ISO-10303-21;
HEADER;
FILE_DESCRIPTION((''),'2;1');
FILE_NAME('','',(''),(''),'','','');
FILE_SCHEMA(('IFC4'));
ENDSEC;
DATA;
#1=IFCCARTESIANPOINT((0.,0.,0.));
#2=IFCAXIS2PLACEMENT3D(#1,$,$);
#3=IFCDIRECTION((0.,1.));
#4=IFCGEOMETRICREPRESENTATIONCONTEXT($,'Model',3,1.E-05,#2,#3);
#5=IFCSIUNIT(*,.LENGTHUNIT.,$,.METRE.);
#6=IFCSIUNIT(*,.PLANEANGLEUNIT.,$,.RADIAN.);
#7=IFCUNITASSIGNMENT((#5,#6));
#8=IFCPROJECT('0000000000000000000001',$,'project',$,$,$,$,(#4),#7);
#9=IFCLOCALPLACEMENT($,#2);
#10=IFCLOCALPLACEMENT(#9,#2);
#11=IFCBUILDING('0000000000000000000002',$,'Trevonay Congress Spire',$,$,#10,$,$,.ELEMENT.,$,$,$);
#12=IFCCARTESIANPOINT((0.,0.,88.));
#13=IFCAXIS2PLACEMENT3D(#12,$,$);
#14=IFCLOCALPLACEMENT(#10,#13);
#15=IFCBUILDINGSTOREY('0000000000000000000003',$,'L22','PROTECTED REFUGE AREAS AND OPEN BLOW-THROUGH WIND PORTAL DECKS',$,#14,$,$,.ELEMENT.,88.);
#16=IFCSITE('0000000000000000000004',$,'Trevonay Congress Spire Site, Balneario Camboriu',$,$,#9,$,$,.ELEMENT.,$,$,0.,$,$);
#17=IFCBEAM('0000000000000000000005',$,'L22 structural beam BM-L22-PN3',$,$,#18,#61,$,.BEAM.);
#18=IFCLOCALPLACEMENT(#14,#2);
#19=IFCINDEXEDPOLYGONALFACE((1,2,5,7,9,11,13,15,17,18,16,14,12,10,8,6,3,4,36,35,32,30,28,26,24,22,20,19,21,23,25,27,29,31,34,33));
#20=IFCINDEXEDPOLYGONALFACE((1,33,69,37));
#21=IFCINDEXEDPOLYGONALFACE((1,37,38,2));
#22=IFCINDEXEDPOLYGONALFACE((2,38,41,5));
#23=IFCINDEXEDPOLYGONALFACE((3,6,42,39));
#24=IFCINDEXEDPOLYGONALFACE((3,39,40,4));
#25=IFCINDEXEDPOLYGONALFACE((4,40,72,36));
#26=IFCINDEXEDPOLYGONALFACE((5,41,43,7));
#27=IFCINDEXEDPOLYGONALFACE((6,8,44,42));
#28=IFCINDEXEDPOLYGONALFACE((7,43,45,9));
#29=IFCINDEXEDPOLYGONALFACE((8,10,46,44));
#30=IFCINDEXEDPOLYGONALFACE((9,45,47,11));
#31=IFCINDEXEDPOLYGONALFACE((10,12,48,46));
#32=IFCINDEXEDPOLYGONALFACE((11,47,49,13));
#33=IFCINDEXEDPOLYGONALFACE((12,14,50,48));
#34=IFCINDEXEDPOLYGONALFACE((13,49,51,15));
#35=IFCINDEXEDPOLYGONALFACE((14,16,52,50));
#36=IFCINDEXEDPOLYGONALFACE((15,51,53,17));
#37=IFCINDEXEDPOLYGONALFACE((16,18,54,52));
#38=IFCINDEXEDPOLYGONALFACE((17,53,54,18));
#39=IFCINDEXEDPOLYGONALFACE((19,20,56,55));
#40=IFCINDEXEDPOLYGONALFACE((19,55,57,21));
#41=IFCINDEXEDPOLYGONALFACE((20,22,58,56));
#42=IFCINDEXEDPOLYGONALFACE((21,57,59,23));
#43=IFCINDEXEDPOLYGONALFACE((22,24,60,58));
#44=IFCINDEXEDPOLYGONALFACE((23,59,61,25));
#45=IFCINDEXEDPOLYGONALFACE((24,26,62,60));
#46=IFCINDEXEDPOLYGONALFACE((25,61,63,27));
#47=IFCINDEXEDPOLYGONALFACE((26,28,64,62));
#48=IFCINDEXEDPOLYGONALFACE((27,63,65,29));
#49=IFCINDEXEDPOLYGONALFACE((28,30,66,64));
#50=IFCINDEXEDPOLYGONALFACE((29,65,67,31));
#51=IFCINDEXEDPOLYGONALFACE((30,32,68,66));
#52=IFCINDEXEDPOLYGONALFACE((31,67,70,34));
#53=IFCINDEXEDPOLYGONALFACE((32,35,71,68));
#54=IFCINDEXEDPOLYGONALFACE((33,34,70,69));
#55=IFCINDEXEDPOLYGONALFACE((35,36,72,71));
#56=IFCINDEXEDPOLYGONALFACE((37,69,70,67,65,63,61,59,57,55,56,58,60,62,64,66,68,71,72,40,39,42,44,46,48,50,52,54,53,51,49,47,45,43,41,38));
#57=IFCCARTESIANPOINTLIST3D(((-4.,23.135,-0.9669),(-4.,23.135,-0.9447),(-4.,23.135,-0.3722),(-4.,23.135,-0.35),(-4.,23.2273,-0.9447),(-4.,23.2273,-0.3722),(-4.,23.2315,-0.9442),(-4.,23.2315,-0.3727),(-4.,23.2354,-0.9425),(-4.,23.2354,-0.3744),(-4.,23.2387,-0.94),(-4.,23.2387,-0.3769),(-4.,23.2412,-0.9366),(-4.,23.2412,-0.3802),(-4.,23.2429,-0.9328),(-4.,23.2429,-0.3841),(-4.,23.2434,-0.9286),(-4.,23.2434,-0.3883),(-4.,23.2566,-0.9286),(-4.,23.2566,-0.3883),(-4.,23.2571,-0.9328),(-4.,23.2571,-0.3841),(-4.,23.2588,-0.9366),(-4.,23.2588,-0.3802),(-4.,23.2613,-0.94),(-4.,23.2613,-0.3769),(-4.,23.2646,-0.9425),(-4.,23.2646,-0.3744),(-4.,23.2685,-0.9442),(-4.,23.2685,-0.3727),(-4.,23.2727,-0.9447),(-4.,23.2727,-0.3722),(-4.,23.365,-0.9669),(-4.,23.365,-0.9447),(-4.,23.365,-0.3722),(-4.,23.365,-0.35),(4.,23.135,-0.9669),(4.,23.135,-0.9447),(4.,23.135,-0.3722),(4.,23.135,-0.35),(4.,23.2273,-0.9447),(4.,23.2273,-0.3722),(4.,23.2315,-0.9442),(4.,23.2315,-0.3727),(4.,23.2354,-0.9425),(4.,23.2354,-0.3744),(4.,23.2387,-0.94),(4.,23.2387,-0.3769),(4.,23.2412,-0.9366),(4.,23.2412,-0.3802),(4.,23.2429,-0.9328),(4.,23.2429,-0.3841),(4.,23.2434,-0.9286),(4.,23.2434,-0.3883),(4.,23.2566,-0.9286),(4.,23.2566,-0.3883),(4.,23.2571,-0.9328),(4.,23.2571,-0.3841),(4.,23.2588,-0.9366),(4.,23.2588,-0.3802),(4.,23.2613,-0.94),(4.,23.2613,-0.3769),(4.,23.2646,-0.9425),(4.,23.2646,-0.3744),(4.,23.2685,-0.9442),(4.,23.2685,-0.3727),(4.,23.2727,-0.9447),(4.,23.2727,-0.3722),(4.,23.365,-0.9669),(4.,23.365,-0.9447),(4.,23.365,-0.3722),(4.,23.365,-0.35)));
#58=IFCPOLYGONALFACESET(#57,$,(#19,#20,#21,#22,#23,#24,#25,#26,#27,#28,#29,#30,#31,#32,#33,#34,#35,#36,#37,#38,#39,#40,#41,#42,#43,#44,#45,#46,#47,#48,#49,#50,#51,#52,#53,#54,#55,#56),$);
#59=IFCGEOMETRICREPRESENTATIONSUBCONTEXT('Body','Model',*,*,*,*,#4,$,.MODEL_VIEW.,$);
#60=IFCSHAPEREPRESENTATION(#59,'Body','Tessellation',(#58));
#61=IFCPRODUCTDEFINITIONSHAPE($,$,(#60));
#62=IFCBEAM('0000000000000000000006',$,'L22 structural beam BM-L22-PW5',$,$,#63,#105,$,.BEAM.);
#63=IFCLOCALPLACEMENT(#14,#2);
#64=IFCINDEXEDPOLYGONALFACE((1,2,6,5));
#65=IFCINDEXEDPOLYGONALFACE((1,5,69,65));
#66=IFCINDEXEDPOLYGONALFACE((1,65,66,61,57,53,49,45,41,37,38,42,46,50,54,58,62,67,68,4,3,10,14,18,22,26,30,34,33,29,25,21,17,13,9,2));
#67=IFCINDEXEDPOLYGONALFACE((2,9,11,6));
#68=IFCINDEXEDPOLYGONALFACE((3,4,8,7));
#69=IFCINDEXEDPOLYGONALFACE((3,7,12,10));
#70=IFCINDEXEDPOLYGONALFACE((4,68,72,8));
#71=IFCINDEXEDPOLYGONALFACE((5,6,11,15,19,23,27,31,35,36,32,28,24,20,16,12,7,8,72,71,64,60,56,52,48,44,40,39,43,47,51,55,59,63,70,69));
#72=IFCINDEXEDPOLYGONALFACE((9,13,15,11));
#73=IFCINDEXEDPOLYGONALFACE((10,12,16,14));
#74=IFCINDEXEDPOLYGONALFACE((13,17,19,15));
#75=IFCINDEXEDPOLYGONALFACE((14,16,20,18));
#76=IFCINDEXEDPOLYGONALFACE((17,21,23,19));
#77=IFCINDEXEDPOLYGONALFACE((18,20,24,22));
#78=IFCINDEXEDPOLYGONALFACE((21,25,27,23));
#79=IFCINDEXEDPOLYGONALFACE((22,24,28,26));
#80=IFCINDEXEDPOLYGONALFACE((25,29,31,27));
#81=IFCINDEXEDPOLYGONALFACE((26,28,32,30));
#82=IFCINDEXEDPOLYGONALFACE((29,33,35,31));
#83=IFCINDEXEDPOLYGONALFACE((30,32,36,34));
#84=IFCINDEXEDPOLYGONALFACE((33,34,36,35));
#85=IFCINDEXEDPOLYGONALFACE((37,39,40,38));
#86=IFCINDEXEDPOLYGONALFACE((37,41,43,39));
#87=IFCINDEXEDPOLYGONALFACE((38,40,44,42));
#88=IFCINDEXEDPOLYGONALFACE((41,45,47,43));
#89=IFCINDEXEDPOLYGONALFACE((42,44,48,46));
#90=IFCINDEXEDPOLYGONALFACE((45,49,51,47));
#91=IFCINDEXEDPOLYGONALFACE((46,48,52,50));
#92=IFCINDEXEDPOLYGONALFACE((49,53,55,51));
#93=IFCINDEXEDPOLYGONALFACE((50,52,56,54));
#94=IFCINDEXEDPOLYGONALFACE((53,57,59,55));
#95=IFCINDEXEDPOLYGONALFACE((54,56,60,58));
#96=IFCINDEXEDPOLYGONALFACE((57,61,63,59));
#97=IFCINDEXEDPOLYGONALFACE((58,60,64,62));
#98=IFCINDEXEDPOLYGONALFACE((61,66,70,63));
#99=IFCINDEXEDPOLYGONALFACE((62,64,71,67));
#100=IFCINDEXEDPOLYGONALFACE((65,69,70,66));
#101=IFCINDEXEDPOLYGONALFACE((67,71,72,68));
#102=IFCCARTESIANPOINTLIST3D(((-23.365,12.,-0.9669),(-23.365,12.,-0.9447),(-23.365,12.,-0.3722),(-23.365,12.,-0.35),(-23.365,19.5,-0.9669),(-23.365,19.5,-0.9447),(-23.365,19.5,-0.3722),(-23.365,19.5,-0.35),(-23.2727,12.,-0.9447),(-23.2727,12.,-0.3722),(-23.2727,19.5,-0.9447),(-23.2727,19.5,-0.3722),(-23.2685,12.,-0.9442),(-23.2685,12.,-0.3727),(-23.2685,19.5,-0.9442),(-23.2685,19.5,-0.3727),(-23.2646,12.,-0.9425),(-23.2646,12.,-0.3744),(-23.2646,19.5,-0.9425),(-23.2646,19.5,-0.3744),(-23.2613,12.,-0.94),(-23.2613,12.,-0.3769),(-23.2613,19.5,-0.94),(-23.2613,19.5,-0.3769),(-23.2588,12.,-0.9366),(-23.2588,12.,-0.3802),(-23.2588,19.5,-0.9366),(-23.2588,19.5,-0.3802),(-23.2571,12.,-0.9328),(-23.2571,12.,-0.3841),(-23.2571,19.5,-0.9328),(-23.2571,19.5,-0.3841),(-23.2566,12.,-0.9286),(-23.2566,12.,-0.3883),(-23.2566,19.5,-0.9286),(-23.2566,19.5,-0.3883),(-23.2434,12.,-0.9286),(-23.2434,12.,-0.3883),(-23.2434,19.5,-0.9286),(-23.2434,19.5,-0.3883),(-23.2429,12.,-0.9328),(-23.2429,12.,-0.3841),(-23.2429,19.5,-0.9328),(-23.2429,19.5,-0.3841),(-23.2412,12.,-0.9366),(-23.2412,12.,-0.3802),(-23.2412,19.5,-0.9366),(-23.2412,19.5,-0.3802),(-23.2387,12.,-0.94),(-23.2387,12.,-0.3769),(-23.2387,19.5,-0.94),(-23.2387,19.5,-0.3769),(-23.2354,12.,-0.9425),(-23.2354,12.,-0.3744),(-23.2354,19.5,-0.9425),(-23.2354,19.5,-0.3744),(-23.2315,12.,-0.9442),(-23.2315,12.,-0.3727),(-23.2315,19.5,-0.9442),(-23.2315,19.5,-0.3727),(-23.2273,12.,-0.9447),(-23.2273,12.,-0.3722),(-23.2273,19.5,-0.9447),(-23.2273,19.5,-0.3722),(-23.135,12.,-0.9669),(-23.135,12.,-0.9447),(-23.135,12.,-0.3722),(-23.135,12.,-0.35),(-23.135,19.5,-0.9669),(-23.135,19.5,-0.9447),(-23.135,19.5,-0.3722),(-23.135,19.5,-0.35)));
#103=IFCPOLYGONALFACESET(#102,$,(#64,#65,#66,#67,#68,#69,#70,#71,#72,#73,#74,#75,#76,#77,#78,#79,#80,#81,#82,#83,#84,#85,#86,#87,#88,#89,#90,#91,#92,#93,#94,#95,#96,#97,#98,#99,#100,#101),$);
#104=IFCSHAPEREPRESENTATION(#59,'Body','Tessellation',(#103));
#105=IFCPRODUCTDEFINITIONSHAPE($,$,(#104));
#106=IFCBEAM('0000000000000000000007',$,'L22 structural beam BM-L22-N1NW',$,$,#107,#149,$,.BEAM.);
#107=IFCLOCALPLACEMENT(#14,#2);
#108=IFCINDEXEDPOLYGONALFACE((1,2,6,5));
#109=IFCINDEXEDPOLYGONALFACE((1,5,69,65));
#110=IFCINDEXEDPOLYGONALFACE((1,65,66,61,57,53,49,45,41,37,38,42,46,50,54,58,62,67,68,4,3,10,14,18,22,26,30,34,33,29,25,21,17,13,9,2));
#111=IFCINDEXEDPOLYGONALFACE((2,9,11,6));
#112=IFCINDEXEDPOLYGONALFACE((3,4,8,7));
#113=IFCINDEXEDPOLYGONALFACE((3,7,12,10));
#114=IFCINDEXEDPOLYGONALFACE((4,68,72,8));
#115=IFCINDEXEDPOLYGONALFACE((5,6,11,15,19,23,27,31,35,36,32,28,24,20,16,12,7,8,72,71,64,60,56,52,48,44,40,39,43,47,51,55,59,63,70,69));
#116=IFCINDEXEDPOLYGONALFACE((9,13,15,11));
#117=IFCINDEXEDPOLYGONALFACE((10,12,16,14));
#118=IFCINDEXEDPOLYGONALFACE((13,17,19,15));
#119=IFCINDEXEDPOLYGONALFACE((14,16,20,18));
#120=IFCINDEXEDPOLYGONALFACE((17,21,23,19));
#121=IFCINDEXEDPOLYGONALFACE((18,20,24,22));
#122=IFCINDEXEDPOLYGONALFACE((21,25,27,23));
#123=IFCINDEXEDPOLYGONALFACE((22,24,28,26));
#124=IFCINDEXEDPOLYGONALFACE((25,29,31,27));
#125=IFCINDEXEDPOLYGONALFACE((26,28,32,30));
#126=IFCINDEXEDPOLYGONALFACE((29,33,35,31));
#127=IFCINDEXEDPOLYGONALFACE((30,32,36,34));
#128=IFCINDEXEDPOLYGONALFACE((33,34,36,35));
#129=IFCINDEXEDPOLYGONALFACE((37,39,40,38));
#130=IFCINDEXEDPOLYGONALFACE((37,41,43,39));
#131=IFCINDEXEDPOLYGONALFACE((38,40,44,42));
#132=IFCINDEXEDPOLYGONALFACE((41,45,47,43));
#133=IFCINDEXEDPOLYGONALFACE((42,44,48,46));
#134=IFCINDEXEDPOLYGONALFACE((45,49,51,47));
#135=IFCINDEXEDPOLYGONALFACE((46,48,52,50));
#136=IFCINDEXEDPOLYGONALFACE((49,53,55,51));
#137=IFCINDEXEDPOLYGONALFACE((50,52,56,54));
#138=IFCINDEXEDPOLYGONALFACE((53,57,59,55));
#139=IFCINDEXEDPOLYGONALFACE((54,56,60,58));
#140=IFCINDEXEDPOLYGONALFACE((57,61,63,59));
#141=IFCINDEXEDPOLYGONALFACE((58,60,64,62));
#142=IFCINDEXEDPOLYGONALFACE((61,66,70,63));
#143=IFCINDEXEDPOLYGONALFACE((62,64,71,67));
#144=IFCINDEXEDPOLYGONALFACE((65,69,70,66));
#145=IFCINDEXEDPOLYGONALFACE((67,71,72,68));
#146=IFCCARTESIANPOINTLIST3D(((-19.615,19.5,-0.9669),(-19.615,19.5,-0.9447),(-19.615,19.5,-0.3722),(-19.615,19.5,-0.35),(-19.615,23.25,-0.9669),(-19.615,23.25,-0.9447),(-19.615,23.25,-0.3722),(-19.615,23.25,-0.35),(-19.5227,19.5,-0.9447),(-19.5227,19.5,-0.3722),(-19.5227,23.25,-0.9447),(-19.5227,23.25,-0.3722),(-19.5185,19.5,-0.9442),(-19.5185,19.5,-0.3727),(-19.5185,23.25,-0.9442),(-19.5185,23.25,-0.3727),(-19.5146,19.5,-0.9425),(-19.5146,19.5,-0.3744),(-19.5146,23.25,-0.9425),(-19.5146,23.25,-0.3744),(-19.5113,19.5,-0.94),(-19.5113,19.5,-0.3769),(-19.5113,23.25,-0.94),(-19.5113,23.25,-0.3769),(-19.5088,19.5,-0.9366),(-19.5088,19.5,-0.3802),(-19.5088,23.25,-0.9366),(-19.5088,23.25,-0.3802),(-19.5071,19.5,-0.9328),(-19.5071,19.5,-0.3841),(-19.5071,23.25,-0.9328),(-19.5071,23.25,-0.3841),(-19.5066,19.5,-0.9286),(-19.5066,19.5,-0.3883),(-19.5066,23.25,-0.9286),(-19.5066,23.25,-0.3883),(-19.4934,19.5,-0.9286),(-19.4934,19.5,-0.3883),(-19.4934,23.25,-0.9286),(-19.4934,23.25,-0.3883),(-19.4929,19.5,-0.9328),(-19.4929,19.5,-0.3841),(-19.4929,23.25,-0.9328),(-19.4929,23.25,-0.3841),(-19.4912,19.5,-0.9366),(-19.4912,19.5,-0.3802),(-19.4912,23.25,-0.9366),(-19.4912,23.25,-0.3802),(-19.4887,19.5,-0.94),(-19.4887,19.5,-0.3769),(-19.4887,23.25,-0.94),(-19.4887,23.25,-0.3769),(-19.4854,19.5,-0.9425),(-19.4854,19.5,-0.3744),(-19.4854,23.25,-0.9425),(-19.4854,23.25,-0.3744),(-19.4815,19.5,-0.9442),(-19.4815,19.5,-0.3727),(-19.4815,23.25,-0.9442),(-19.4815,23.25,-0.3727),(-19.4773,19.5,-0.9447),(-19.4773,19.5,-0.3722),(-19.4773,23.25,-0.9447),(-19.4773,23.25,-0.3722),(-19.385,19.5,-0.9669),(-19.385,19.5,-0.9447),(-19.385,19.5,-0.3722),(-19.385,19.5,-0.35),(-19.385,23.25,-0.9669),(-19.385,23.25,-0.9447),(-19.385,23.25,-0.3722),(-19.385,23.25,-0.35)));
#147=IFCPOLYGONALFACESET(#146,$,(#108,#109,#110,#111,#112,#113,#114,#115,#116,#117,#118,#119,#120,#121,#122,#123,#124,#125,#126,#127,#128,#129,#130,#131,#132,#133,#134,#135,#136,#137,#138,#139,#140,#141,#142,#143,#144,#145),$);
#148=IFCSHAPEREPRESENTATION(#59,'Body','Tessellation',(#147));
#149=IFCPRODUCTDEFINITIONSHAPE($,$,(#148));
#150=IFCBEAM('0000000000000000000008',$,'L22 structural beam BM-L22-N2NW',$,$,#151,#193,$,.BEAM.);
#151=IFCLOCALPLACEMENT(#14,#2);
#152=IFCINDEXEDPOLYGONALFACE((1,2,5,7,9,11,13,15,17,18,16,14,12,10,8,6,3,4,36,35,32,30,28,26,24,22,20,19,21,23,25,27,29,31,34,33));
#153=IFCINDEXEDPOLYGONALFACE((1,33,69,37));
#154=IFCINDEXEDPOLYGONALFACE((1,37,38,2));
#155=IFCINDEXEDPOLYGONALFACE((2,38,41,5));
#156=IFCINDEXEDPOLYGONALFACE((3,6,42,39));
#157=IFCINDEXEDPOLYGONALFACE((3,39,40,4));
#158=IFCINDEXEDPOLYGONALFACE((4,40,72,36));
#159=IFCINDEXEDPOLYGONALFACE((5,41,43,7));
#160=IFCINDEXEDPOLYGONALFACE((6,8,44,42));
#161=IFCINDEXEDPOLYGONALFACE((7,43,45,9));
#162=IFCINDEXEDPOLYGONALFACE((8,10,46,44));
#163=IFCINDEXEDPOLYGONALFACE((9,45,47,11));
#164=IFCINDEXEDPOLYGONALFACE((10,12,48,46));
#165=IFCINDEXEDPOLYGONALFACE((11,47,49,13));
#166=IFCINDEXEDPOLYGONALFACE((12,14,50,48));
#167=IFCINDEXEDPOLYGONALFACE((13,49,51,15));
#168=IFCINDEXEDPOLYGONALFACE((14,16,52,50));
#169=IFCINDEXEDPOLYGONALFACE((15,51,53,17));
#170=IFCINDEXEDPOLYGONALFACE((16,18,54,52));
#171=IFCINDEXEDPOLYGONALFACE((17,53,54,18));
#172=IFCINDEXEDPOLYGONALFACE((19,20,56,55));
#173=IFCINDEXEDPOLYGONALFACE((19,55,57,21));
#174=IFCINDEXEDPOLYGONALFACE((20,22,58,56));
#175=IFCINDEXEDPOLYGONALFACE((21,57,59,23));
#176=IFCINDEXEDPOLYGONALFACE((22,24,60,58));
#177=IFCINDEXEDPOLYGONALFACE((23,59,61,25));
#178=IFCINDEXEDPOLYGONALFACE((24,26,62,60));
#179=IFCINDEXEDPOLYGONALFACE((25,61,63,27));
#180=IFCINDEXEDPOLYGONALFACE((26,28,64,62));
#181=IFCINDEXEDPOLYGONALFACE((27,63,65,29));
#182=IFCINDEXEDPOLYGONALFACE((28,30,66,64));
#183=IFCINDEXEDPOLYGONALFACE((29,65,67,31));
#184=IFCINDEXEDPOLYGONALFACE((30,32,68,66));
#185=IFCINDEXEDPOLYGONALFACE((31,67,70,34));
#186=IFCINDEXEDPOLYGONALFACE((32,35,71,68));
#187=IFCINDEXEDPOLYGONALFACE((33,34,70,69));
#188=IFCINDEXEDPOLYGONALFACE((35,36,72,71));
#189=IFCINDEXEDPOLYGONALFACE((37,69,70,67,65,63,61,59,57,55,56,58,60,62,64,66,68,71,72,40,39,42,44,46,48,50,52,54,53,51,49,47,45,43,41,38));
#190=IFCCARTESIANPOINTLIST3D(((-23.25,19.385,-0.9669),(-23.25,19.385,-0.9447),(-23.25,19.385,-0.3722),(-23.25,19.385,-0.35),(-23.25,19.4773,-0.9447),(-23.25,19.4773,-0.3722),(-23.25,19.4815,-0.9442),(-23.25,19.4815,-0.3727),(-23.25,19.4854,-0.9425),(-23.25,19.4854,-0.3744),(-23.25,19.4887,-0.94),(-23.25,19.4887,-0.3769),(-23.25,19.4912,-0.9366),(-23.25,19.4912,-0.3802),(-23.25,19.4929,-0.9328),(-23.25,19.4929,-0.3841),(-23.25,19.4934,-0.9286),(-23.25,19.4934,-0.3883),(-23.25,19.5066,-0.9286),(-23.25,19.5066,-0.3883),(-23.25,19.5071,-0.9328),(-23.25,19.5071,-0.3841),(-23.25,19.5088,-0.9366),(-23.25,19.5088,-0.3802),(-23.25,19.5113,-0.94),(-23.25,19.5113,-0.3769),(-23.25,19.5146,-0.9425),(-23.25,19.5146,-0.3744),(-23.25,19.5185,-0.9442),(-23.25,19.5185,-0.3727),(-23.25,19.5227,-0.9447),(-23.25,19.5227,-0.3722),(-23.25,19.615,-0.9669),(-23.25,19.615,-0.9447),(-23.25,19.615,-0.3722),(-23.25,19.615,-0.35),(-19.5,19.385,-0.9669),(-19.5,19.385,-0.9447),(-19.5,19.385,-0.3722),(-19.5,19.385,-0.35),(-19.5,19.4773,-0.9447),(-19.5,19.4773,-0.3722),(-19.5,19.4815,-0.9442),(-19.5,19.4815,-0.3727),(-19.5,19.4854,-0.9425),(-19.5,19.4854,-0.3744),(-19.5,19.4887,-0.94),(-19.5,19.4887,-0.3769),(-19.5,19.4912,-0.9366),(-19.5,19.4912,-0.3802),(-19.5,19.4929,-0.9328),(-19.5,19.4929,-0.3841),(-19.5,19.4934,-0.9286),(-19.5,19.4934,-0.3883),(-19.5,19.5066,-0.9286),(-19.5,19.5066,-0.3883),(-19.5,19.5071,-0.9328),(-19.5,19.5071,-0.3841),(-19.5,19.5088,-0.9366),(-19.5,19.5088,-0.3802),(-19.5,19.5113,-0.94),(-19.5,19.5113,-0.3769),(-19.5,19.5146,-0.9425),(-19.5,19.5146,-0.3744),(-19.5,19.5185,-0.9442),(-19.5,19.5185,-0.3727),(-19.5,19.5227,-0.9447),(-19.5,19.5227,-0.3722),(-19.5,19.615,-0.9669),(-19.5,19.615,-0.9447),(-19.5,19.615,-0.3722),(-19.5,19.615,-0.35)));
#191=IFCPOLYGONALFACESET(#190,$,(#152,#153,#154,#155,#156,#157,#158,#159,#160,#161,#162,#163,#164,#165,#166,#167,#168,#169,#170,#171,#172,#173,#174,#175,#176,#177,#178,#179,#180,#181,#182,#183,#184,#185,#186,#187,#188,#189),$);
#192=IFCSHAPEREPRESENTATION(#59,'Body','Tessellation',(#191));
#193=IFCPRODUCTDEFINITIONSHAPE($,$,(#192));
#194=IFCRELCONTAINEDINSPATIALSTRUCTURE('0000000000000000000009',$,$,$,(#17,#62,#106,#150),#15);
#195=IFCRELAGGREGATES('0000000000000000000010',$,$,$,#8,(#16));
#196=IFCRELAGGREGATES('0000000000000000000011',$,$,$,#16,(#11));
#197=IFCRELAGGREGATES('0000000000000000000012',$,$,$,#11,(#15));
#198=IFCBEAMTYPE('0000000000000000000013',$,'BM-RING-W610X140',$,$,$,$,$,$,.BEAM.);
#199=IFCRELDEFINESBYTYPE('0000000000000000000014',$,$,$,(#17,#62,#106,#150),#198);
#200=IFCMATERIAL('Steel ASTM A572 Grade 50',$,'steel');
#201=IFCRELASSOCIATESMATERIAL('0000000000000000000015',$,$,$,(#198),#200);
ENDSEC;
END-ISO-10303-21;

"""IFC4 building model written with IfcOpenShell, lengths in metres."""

from ifc_helpers import new_model, si_unit, direction, frame, origin, origin_2d, place, context, subcontext, project, spatial, i_section, extrude, material, material_profile, profile_set, type_object, element, save


model = new_model("IFC4")

# Units and contexts
model_context = context("Model", 3, precision=1e-05, world=origin(), true_north=direction((0.0, 1.0)))
body_context = subcontext(model_context, "Body", "Model", "MODEL_VIEW")
ifc_project = project(units=[si_unit("LENGTHUNIT", "METRE"), si_unit("PLANEANGLEUNIT", "RADIAN")], contexts=[model_context])

# Site, building, storey
site_placement = place(None, origin())
site = spatial("IfcSite", under=ifc_project, at=site_placement, Name="Trevonay Congress Spire Site, Balneario Camboriu", CompositionType="ELEMENT", RefElevation=0.0)
building_placement = place(site_placement, origin())
building = spatial("IfcBuilding", under=site, at=building_placement, Name="Trevonay Congress Spire", CompositionType="ELEMENT")
storey_placement = place(building_placement, frame((0.0, 0.0, 88.0)))
storey = spatial("IfcBuildingStorey", under=building, at=storey_placement, Name="L22", Description="PROTECTED REFUGE AREAS AND OPEN BLOW-THROUGH WIND PORTAL DECKS", CompositionType="ELEMENT", Elevation=88.0)

# Shared definitions
ifc_material_1 = material(Name="Steel ASTM A572 Grade 50", Category="steel")

# Beams
ifc_material_profile_1 = material_profile(ifc_material_1, i_section(OverallWidth=0.23, OverallDepth=0.6169, WebThickness=0.0132, FlangeThickness=0.0222, FilletRadius=0.0161, at=origin_2d()), Name="W610x140")
ifc_profile_set_1 = profile_set([ifc_material_profile_1], Name="Steel ASTM A572 Grade 50")
beam_type_1 = type_object("IfcBeamType", Name="BM-RING-W610X140", PredefinedType="BEAM", material=ifc_profile_set_1)
for number, where, z_axis, x_axis, name in (
    (1, (-4.0, 23.25, -0.6584), (1.0, 0.0, 0.0), (0.0, 1.0, 0.0), "L22 structural beam BM-L22-PN3"),
):
    element("IfcBeam", number, at=place(storey_placement, frame(where, z_axis=z_axis, x_axis=x_axis)), inside=storey, type_object=beam_type_1, Name=name, PredefinedType="BEAM", context=body_context, shape_type="SweptSolid", body=[
        extrude(i_section(OverallWidth=0.23, OverallDepth=0.6169, WebThickness=0.0132, FlangeThickness=0.0222, FilletRadius=0.0161, at=origin_2d()), origin(), (0.0, 0.0, 1.0), 8.0),
    ])
beam_1_placement = place(storey_placement, frame((-23.25, 12.0, -0.6584), z_axis=(0.0, 1.0, 0.0), x_axis=(-1.0, 0.0, 0.0)))
element("IfcBeam", 2, at=beam_1_placement, inside=storey, type_object=beam_type_1, Name="L22 structural beam BM-L22-PW5", PredefinedType="BEAM", context=body_context, shape_type="SweptSolid", body=[
    extrude(i_section(OverallWidth=0.23, OverallDepth=0.6169, WebThickness=0.0132, FlangeThickness=0.0222, FilletRadius=0.0161, at=origin_2d()), origin(), (0.0, 0.0, 1.0), 7.5),
])
for number, where, z_axis, x_axis, name in (
    (3, (-19.5, 23.25, -0.6584), (0.0, -1.0, 0.0), (1.0, 0.0, 0.0), "L22 structural beam BM-L22-N1NW"),
    (4, (-23.25, 19.5, -0.6584), (1.0, 0.0, 0.0), (0.0, 1.0, 0.0), "L22 structural beam BM-L22-N2NW"),
):
    element("IfcBeam", number, at=place(storey_placement, frame(where, z_axis=z_axis, x_axis=x_axis)), inside=storey, type_object=beam_type_1, Name=name, PredefinedType="BEAM", context=body_context, shape_type="SweptSolid", body=[
        extrude(i_section(OverallWidth=0.23, OverallDepth=0.6169, WebThickness=0.0132, FlangeThickness=0.0222, FilletRadius=0.0161, at=origin_2d()), origin(), (0.0, 0.0, 1.0), 3.75),
    ])

save(model, "model.ifc")
